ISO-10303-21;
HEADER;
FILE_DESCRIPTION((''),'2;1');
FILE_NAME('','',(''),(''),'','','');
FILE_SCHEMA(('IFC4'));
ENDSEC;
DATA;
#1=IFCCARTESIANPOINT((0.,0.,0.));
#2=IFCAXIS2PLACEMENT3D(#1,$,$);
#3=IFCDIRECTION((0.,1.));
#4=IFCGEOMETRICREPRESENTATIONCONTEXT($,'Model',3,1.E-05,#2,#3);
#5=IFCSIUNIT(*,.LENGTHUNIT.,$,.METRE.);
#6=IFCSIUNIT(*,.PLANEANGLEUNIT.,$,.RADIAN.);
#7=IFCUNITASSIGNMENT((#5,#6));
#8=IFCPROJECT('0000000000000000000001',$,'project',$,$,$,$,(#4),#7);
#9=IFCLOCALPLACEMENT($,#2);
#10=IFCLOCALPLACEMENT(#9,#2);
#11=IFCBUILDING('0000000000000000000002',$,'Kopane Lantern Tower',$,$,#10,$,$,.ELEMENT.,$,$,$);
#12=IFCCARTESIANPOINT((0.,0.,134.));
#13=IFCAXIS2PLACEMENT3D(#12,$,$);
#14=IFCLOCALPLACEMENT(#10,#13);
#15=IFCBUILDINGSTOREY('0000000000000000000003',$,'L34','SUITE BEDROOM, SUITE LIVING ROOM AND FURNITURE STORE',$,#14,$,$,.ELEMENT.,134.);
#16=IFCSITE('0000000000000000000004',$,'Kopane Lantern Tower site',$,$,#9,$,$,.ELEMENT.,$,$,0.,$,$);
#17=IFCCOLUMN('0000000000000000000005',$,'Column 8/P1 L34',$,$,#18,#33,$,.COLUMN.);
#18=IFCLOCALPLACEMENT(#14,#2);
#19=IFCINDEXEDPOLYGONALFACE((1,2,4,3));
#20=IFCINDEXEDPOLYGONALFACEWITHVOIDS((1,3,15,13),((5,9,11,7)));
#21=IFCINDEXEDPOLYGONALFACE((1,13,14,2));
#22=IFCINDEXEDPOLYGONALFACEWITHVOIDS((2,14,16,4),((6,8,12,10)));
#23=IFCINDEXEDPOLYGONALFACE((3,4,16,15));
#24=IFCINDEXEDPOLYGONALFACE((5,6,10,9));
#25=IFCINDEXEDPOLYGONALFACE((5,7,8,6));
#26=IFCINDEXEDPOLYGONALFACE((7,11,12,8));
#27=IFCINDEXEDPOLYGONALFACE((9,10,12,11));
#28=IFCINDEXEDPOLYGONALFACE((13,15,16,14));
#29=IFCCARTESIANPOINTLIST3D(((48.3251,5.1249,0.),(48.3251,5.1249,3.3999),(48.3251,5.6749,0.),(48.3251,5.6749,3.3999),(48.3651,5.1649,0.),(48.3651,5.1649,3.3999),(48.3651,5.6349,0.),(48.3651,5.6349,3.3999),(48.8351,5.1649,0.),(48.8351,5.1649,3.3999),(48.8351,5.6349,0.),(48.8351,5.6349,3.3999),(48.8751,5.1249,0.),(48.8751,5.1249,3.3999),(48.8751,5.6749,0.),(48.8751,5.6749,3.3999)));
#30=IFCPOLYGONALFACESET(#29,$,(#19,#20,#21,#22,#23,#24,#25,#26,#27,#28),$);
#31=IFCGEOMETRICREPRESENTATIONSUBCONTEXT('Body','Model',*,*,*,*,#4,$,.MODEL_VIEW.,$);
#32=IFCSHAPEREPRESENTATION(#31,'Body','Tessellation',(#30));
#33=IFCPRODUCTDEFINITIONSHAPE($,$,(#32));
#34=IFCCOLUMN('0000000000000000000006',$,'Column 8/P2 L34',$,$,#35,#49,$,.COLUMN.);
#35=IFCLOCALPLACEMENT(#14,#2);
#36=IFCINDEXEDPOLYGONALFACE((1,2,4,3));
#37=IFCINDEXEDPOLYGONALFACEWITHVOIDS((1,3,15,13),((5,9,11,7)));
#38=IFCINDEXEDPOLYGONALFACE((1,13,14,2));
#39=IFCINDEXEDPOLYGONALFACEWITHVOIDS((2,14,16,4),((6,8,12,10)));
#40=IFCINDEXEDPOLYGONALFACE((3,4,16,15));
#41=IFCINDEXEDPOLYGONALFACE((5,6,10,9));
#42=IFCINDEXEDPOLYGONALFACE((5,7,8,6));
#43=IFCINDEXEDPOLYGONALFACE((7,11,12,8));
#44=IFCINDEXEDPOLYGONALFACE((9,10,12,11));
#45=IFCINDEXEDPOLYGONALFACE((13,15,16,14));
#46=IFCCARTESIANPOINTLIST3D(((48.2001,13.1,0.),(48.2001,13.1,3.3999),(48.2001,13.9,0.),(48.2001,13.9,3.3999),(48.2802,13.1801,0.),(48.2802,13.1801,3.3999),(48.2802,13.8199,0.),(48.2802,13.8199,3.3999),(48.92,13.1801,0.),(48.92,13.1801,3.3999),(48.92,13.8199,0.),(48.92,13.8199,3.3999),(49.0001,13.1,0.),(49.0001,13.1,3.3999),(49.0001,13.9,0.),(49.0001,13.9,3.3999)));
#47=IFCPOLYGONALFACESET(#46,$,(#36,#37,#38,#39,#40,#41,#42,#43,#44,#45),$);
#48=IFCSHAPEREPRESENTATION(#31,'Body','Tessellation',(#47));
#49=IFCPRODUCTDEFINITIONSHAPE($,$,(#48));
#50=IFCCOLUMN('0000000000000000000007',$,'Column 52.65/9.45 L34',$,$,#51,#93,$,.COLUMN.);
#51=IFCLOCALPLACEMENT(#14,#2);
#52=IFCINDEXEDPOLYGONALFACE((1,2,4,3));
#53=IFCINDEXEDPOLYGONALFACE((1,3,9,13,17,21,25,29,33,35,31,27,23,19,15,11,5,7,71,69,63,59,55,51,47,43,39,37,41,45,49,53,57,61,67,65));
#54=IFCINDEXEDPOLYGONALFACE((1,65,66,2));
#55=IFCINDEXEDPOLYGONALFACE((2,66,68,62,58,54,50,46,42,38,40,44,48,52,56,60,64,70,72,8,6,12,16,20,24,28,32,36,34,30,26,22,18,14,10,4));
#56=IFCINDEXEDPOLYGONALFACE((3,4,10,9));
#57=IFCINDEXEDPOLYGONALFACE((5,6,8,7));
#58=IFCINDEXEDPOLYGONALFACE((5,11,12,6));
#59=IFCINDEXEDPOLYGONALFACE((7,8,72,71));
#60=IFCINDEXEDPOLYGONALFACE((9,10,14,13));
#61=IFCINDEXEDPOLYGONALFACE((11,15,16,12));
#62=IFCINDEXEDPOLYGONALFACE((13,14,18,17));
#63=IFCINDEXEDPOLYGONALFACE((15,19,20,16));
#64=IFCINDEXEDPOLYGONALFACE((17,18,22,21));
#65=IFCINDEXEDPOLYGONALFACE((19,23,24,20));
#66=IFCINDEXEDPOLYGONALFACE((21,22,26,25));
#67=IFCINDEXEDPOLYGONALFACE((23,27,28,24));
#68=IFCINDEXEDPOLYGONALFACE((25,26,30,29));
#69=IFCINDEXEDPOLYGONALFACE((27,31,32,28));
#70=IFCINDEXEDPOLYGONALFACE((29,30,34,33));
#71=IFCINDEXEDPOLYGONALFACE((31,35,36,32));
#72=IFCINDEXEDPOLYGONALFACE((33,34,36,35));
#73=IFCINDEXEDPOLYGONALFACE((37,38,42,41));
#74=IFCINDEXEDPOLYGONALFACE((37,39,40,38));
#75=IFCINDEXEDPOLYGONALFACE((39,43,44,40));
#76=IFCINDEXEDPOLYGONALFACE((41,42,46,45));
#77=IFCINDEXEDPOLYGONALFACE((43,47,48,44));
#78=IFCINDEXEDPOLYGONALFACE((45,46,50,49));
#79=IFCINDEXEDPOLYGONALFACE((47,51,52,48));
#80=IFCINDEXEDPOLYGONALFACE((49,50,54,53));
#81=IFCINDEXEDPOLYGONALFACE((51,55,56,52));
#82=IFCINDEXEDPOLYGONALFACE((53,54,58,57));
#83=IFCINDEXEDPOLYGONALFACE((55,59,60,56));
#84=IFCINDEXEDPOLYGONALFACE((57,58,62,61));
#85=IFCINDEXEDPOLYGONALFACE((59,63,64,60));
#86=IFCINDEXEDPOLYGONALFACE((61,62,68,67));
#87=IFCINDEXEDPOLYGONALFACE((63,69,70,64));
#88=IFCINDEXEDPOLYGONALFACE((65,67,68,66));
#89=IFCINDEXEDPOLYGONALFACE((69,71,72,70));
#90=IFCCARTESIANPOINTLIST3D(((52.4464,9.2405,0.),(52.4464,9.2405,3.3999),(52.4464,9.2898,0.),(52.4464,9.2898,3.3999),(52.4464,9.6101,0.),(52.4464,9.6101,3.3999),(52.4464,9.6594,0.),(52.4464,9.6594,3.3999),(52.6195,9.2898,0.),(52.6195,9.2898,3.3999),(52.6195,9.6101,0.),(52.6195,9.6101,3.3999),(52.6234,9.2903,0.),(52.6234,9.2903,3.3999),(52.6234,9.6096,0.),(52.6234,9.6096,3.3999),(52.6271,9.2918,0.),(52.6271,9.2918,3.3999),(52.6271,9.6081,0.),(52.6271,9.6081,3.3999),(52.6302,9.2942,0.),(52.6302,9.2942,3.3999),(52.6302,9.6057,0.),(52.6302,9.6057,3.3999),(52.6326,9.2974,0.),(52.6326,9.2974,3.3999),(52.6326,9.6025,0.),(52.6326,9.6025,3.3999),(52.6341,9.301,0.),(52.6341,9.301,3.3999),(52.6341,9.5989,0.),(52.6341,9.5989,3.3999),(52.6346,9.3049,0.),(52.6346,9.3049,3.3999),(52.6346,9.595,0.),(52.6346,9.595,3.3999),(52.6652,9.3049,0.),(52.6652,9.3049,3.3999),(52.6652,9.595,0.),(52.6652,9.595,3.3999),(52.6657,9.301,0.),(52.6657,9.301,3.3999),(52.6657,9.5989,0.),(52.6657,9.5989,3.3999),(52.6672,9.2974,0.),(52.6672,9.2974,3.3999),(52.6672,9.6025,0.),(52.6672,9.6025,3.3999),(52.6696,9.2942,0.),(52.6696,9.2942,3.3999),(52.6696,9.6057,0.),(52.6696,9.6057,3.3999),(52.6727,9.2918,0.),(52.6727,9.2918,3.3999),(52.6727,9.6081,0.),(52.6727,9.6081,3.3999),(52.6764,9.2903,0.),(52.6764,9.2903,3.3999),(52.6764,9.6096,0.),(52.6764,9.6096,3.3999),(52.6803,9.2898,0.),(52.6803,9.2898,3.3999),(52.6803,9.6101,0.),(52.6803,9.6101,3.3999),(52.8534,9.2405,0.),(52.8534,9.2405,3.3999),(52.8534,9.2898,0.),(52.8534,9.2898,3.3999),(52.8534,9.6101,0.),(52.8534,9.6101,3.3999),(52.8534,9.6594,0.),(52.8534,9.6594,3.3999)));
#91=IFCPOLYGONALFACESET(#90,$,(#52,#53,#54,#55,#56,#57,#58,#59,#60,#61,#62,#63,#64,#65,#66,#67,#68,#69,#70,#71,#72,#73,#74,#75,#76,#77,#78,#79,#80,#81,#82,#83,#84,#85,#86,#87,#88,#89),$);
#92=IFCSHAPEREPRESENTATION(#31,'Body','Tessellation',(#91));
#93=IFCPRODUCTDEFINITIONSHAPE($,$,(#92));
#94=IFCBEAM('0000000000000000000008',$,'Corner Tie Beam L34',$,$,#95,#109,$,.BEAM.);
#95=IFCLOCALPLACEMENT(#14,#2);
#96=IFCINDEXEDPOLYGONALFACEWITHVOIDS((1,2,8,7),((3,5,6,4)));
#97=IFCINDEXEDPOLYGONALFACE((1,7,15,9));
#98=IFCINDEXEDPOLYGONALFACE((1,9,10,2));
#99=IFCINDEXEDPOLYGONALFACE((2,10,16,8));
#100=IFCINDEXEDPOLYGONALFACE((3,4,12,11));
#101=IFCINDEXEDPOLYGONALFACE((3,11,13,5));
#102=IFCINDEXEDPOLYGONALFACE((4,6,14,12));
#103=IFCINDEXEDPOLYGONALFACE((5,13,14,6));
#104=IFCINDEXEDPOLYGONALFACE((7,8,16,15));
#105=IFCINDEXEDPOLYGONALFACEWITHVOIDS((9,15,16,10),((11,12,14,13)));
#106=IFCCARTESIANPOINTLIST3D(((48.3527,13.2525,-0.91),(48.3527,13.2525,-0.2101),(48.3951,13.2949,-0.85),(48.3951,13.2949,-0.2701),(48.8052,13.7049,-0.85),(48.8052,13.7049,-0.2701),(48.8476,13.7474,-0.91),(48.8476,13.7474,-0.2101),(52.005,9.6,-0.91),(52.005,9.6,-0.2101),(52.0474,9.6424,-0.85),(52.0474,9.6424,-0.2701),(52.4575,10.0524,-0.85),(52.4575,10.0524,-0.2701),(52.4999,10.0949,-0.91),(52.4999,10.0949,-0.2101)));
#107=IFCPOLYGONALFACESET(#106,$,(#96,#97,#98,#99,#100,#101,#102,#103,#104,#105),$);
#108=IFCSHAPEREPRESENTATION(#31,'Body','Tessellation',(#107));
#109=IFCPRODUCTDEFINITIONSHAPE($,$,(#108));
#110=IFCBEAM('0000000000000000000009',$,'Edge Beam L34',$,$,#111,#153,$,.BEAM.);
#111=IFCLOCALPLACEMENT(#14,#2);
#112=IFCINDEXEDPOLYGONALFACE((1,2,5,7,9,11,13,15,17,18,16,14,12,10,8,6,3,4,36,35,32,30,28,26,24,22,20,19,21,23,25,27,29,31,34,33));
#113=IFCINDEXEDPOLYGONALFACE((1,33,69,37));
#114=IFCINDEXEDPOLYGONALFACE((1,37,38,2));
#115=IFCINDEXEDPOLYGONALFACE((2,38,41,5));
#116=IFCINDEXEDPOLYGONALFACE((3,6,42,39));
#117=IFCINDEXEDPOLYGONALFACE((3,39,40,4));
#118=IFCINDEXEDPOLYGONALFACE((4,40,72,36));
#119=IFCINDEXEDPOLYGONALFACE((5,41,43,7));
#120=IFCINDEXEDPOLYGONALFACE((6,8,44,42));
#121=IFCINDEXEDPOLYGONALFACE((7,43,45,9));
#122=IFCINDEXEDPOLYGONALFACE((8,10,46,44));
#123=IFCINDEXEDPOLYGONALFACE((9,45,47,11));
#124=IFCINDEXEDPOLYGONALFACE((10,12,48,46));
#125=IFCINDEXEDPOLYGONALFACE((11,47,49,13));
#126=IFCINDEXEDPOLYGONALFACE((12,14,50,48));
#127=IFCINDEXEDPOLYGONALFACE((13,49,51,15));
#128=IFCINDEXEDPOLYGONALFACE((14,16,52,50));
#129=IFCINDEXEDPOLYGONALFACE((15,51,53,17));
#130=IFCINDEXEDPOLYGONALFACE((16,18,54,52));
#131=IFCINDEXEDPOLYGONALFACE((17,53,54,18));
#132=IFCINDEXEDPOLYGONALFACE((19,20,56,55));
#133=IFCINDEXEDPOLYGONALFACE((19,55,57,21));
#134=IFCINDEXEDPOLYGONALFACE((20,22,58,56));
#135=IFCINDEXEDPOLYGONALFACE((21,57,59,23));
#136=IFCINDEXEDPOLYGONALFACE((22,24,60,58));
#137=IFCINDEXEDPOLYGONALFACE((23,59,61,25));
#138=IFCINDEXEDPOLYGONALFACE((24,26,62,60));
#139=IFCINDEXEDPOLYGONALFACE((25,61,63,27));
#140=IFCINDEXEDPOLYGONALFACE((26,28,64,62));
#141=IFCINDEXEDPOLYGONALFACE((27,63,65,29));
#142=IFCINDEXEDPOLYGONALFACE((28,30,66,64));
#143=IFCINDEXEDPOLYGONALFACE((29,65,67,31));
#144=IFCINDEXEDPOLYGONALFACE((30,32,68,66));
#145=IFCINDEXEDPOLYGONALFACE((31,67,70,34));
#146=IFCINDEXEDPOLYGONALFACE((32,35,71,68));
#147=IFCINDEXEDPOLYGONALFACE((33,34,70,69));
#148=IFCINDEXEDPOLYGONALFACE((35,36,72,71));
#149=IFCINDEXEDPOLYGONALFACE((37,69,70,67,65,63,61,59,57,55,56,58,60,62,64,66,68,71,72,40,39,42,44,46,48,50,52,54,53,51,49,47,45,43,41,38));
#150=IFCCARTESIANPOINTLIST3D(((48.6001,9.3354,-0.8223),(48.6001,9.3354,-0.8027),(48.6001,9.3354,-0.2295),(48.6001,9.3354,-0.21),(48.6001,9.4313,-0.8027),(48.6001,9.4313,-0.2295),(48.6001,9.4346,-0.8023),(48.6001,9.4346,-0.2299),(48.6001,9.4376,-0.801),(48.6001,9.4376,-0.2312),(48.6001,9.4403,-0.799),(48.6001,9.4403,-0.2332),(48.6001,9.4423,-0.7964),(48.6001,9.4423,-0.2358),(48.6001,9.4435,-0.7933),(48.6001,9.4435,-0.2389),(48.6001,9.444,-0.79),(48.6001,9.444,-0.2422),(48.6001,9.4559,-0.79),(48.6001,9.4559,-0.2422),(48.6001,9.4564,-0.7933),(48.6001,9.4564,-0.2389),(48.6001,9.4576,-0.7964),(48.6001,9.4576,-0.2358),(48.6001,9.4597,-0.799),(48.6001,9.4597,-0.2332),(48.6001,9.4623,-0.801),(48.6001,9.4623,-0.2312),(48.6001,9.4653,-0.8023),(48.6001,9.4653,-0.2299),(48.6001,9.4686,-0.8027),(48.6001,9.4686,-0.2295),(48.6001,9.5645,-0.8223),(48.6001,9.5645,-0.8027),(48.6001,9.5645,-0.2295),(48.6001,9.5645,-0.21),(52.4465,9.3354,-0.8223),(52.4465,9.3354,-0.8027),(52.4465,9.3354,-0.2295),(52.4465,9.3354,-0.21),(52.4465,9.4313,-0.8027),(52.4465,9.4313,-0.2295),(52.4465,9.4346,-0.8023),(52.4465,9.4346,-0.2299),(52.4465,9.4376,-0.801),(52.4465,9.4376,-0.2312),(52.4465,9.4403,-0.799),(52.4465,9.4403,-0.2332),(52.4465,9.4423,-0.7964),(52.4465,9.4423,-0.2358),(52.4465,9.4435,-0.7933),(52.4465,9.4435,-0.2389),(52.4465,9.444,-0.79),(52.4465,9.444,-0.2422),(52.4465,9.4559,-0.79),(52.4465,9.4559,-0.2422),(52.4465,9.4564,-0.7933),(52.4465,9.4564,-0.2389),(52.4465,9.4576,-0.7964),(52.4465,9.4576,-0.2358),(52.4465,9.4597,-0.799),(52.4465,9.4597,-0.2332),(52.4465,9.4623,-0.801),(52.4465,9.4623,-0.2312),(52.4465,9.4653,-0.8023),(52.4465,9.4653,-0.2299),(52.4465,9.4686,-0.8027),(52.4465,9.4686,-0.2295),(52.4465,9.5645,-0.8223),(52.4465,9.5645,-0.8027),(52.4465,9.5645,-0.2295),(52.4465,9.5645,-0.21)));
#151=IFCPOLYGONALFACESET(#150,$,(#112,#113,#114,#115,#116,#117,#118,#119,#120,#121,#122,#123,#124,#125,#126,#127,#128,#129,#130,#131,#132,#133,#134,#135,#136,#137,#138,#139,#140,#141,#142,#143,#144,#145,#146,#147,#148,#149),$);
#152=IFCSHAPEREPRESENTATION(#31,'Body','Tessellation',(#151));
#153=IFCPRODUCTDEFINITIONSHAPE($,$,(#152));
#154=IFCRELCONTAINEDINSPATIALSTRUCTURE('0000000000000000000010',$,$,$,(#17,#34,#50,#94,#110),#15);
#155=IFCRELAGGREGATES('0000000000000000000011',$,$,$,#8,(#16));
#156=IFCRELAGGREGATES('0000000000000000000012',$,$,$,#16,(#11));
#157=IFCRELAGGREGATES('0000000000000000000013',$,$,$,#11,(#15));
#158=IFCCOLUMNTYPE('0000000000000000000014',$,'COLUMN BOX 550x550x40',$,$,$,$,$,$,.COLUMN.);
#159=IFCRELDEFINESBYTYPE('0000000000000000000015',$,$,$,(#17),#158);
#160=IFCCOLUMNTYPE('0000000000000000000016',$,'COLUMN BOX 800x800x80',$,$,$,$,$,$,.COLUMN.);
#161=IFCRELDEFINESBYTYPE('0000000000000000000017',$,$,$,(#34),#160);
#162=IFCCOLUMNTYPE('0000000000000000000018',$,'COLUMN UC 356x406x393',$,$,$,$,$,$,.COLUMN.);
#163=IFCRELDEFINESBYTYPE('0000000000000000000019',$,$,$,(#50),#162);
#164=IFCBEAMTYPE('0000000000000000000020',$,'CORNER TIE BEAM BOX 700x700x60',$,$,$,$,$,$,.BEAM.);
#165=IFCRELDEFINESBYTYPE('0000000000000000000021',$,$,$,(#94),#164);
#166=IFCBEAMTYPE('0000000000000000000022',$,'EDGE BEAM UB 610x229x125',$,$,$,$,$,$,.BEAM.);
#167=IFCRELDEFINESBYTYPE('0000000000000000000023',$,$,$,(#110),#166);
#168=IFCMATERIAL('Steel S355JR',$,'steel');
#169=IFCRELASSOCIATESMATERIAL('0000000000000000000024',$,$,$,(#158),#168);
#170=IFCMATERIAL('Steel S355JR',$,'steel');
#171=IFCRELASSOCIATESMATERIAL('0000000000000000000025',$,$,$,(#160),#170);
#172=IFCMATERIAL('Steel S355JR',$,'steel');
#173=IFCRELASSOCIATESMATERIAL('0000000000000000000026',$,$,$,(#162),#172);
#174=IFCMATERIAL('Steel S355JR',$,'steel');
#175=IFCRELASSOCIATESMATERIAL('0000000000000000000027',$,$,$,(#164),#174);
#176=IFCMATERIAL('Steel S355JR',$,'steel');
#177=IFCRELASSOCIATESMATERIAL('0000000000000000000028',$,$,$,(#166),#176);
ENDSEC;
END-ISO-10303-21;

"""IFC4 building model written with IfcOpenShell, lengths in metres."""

from ifc_helpers import new_model, si_unit, direction, frame, origin, origin_2d, place, context, subcontext, project, spatial, hollow_rectangle, i_section, extrude, material, material_profile, profile_set, type_object, element, save


model = new_model("IFC4")

# Units and contexts
model_context = context("Model", 3, precision=1e-05, world=origin(), true_north=direction((0.0, 1.0)))
body_context = subcontext(model_context, "Body", "Model", "MODEL_VIEW")
ifc_project = project(units=[si_unit("LENGTHUNIT", "METRE"), si_unit("PLANEANGLEUNIT", "RADIAN")], contexts=[model_context])

# Site, building, storey
site_placement = place(None, origin())
site = spatial("IfcSite", under=ifc_project, at=site_placement, Name="Kopane Lantern Tower site", CompositionType="ELEMENT", RefElevation=0.0)
building_placement = place(site_placement, origin())
building = spatial("IfcBuilding", under=site, at=building_placement, Name="Kopane Lantern Tower", CompositionType="ELEMENT")
storey_placement = place(building_placement, frame((0.0, 0.0, 134.0)))
storey = spatial("IfcBuildingStorey", under=building, at=storey_placement, Name="L34", Description="SUITE BEDROOM, SUITE LIVING ROOM AND FURNITURE STORE", CompositionType="ELEMENT", Elevation=134.0)

# Columns
ifc_material_1 = material(Name="Steel S355JR", Category="steel")
ifc_material_profile_1 = material_profile(ifc_material_1, hollow_rectangle(XDim=0.55, YDim=0.55, WallThickness=0.04, at=origin_2d()), Name="BOX 550x550x40")
ifc_profile_set_1 = profile_set([ifc_material_profile_1], Name="Steel S355JR")
column_type_1 = type_object("IfcColumnType", Name="COLUMN BOX 550x550x40", PredefinedType="COLUMN", material=ifc_profile_set_1)
column_1_placement = place(storey_placement, frame((48.6001, 5.3999, 0.0), z_axis=(0.0, 0.0, 1.0), x_axis=(1.0, 0.0, 0.0)))
element("IfcColumn", 1, at=column_1_placement, inside=storey, type_object=column_type_1, Name="Column 8/P1 L34", PredefinedType="COLUMN", context=body_context, shape_type="SweptSolid", body=[
    extrude(hollow_rectangle(XDim=0.55, YDim=0.55, WallThickness=0.04, at=origin_2d()), origin(), (0.0, 0.0, 1.0), 3.3999),
])
ifc_material_2 = material(Name="Steel S355JR", Category="steel")
ifc_material_profile_2 = material_profile(ifc_material_2, hollow_rectangle(XDim=0.8, YDim=0.8, WallThickness=0.0801, at=origin_2d()), Name="BOX 800x800x80")
ifc_profile_set_2 = profile_set([ifc_material_profile_2], Name="Steel S355JR")
column_type_2 = type_object("IfcColumnType", Name="COLUMN BOX 800x800x80", PredefinedType="COLUMN", material=ifc_profile_set_2)
column_2_placement = place(storey_placement, frame((48.6001, 13.5, 0.0), z_axis=(0.0, 0.0, 1.0), x_axis=(1.0, 0.0, 0.0)))
element("IfcColumn", 2, at=column_2_placement, inside=storey, type_object=column_type_2, Name="Column 8/P2 L34", PredefinedType="COLUMN", context=body_context, shape_type="SweptSolid", body=[
    extrude(hollow_rectangle(XDim=0.8, YDim=0.8, WallThickness=0.0801, at=origin_2d()), origin(), (0.0, 0.0, 1.0), 3.3999),
])
ifc_material_3 = material(Name="Steel S355JR", Category="steel")
ifc_material_profile_3 = material_profile(ifc_material_3, i_section(OverallWidth=0.407, OverallDepth=0.4189, WebThickness=0.0305, FlangeThickness=0.0493, FilletRadius=0.0151, at=origin_2d()), Name="UC 356x406x393")
ifc_profile_set_3 = profile_set([ifc_material_profile_3], Name="Steel S355JR")
column_type_3 = type_object("IfcColumnType", Name="COLUMN UC 356x406x393", PredefinedType="COLUMN", material=ifc_profile_set_3)
column_3_placement = place(storey_placement, frame((52.6499, 9.45, 0.0), z_axis=(0.0, 0.0, 1.0), x_axis=(1.0, 0.0, 0.0)))
element("IfcColumn", 3, at=column_3_placement, inside=storey, type_object=column_type_3, Name="Column 52.65/9.45 L34", PredefinedType="COLUMN", context=body_context, shape_type="SweptSolid", body=[
    extrude(i_section(OverallWidth=0.407, OverallDepth=0.4189, WebThickness=0.0305, FlangeThickness=0.0493, FilletRadius=0.0151, at=origin_2d()), origin(), (0.0, 0.0, 1.0), 3.3999),
])

# Beams
ifc_material_4 = material(Name="Steel S355JR", Category="steel")
ifc_material_profile_4 = material_profile(ifc_material_4, hollow_rectangle(XDim=0.7, YDim=0.7, WallThickness=0.0601, at=origin_2d()), Name="BOX 700x700x60")
ifc_profile_set_4 = profile_set([ifc_material_profile_4], Name="Steel S355JR")
beam_type_1 = type_object("IfcBeamType", Name="CORNER TIE BEAM BOX 700x700x60", PredefinedType="BEAM", material=ifc_profile_set_4)
beam_1_placement = place(storey_placement, frame((52.2524, 9.8474, -0.5601), z_axis=(-0.707083, 0.70713, 0.0), x_axis=(-0.70713, -0.707083, 0.0)))
element("IfcBeam", 4, at=beam_1_placement, inside=storey, type_object=beam_type_1, Name="Corner Tie Beam L34", PredefinedType="BEAM", context=body_context, shape_type="SweptSolid", body=[
    extrude(hollow_rectangle(XDim=0.7, YDim=0.7, WallThickness=0.0601, at=origin_2d()), origin(), (0.0, 0.0, 1.0), 5.1653),
])
ifc_material_5 = material(Name="Steel S355JR", Category="steel")
ifc_material_profile_5 = material_profile(ifc_material_5, i_section(OverallWidth=0.229, OverallDepth=0.6123, WebThickness=0.012, FlangeThickness=0.0195, FilletRadius=0.0127, at=origin_2d()), Name="UB 610x229x125")
ifc_profile_set_5 = profile_set([ifc_material_profile_5], Name="Steel S355JR")
beam_type_2 = type_object("IfcBeamType", Name="EDGE BEAM UB 610x229x125", PredefinedType="BEAM", material=ifc_profile_set_5)
for number, where, z_axis, x_axis, name in (
    (5, (52.4465, 9.45, -0.5161), (-1.0, 0.0, 0.0), (0.0, -1.0, 0.0), "Edge Beam L34"),
):
    element("IfcBeam", number, at=place(storey_placement, frame(where, z_axis=z_axis, x_axis=x_axis)), inside=storey, type_object=beam_type_2, Name=name, PredefinedType="BEAM", context=body_context, shape_type="SweptSolid", body=[
        extrude(i_section(OverallWidth=0.229, OverallDepth=0.6123, WebThickness=0.012, FlangeThickness=0.0195, FilletRadius=0.0127, at=origin_2d()), origin(), (0.0, 0.0, 1.0), 3.8464),
    ])

save(model, "model.ifc")
